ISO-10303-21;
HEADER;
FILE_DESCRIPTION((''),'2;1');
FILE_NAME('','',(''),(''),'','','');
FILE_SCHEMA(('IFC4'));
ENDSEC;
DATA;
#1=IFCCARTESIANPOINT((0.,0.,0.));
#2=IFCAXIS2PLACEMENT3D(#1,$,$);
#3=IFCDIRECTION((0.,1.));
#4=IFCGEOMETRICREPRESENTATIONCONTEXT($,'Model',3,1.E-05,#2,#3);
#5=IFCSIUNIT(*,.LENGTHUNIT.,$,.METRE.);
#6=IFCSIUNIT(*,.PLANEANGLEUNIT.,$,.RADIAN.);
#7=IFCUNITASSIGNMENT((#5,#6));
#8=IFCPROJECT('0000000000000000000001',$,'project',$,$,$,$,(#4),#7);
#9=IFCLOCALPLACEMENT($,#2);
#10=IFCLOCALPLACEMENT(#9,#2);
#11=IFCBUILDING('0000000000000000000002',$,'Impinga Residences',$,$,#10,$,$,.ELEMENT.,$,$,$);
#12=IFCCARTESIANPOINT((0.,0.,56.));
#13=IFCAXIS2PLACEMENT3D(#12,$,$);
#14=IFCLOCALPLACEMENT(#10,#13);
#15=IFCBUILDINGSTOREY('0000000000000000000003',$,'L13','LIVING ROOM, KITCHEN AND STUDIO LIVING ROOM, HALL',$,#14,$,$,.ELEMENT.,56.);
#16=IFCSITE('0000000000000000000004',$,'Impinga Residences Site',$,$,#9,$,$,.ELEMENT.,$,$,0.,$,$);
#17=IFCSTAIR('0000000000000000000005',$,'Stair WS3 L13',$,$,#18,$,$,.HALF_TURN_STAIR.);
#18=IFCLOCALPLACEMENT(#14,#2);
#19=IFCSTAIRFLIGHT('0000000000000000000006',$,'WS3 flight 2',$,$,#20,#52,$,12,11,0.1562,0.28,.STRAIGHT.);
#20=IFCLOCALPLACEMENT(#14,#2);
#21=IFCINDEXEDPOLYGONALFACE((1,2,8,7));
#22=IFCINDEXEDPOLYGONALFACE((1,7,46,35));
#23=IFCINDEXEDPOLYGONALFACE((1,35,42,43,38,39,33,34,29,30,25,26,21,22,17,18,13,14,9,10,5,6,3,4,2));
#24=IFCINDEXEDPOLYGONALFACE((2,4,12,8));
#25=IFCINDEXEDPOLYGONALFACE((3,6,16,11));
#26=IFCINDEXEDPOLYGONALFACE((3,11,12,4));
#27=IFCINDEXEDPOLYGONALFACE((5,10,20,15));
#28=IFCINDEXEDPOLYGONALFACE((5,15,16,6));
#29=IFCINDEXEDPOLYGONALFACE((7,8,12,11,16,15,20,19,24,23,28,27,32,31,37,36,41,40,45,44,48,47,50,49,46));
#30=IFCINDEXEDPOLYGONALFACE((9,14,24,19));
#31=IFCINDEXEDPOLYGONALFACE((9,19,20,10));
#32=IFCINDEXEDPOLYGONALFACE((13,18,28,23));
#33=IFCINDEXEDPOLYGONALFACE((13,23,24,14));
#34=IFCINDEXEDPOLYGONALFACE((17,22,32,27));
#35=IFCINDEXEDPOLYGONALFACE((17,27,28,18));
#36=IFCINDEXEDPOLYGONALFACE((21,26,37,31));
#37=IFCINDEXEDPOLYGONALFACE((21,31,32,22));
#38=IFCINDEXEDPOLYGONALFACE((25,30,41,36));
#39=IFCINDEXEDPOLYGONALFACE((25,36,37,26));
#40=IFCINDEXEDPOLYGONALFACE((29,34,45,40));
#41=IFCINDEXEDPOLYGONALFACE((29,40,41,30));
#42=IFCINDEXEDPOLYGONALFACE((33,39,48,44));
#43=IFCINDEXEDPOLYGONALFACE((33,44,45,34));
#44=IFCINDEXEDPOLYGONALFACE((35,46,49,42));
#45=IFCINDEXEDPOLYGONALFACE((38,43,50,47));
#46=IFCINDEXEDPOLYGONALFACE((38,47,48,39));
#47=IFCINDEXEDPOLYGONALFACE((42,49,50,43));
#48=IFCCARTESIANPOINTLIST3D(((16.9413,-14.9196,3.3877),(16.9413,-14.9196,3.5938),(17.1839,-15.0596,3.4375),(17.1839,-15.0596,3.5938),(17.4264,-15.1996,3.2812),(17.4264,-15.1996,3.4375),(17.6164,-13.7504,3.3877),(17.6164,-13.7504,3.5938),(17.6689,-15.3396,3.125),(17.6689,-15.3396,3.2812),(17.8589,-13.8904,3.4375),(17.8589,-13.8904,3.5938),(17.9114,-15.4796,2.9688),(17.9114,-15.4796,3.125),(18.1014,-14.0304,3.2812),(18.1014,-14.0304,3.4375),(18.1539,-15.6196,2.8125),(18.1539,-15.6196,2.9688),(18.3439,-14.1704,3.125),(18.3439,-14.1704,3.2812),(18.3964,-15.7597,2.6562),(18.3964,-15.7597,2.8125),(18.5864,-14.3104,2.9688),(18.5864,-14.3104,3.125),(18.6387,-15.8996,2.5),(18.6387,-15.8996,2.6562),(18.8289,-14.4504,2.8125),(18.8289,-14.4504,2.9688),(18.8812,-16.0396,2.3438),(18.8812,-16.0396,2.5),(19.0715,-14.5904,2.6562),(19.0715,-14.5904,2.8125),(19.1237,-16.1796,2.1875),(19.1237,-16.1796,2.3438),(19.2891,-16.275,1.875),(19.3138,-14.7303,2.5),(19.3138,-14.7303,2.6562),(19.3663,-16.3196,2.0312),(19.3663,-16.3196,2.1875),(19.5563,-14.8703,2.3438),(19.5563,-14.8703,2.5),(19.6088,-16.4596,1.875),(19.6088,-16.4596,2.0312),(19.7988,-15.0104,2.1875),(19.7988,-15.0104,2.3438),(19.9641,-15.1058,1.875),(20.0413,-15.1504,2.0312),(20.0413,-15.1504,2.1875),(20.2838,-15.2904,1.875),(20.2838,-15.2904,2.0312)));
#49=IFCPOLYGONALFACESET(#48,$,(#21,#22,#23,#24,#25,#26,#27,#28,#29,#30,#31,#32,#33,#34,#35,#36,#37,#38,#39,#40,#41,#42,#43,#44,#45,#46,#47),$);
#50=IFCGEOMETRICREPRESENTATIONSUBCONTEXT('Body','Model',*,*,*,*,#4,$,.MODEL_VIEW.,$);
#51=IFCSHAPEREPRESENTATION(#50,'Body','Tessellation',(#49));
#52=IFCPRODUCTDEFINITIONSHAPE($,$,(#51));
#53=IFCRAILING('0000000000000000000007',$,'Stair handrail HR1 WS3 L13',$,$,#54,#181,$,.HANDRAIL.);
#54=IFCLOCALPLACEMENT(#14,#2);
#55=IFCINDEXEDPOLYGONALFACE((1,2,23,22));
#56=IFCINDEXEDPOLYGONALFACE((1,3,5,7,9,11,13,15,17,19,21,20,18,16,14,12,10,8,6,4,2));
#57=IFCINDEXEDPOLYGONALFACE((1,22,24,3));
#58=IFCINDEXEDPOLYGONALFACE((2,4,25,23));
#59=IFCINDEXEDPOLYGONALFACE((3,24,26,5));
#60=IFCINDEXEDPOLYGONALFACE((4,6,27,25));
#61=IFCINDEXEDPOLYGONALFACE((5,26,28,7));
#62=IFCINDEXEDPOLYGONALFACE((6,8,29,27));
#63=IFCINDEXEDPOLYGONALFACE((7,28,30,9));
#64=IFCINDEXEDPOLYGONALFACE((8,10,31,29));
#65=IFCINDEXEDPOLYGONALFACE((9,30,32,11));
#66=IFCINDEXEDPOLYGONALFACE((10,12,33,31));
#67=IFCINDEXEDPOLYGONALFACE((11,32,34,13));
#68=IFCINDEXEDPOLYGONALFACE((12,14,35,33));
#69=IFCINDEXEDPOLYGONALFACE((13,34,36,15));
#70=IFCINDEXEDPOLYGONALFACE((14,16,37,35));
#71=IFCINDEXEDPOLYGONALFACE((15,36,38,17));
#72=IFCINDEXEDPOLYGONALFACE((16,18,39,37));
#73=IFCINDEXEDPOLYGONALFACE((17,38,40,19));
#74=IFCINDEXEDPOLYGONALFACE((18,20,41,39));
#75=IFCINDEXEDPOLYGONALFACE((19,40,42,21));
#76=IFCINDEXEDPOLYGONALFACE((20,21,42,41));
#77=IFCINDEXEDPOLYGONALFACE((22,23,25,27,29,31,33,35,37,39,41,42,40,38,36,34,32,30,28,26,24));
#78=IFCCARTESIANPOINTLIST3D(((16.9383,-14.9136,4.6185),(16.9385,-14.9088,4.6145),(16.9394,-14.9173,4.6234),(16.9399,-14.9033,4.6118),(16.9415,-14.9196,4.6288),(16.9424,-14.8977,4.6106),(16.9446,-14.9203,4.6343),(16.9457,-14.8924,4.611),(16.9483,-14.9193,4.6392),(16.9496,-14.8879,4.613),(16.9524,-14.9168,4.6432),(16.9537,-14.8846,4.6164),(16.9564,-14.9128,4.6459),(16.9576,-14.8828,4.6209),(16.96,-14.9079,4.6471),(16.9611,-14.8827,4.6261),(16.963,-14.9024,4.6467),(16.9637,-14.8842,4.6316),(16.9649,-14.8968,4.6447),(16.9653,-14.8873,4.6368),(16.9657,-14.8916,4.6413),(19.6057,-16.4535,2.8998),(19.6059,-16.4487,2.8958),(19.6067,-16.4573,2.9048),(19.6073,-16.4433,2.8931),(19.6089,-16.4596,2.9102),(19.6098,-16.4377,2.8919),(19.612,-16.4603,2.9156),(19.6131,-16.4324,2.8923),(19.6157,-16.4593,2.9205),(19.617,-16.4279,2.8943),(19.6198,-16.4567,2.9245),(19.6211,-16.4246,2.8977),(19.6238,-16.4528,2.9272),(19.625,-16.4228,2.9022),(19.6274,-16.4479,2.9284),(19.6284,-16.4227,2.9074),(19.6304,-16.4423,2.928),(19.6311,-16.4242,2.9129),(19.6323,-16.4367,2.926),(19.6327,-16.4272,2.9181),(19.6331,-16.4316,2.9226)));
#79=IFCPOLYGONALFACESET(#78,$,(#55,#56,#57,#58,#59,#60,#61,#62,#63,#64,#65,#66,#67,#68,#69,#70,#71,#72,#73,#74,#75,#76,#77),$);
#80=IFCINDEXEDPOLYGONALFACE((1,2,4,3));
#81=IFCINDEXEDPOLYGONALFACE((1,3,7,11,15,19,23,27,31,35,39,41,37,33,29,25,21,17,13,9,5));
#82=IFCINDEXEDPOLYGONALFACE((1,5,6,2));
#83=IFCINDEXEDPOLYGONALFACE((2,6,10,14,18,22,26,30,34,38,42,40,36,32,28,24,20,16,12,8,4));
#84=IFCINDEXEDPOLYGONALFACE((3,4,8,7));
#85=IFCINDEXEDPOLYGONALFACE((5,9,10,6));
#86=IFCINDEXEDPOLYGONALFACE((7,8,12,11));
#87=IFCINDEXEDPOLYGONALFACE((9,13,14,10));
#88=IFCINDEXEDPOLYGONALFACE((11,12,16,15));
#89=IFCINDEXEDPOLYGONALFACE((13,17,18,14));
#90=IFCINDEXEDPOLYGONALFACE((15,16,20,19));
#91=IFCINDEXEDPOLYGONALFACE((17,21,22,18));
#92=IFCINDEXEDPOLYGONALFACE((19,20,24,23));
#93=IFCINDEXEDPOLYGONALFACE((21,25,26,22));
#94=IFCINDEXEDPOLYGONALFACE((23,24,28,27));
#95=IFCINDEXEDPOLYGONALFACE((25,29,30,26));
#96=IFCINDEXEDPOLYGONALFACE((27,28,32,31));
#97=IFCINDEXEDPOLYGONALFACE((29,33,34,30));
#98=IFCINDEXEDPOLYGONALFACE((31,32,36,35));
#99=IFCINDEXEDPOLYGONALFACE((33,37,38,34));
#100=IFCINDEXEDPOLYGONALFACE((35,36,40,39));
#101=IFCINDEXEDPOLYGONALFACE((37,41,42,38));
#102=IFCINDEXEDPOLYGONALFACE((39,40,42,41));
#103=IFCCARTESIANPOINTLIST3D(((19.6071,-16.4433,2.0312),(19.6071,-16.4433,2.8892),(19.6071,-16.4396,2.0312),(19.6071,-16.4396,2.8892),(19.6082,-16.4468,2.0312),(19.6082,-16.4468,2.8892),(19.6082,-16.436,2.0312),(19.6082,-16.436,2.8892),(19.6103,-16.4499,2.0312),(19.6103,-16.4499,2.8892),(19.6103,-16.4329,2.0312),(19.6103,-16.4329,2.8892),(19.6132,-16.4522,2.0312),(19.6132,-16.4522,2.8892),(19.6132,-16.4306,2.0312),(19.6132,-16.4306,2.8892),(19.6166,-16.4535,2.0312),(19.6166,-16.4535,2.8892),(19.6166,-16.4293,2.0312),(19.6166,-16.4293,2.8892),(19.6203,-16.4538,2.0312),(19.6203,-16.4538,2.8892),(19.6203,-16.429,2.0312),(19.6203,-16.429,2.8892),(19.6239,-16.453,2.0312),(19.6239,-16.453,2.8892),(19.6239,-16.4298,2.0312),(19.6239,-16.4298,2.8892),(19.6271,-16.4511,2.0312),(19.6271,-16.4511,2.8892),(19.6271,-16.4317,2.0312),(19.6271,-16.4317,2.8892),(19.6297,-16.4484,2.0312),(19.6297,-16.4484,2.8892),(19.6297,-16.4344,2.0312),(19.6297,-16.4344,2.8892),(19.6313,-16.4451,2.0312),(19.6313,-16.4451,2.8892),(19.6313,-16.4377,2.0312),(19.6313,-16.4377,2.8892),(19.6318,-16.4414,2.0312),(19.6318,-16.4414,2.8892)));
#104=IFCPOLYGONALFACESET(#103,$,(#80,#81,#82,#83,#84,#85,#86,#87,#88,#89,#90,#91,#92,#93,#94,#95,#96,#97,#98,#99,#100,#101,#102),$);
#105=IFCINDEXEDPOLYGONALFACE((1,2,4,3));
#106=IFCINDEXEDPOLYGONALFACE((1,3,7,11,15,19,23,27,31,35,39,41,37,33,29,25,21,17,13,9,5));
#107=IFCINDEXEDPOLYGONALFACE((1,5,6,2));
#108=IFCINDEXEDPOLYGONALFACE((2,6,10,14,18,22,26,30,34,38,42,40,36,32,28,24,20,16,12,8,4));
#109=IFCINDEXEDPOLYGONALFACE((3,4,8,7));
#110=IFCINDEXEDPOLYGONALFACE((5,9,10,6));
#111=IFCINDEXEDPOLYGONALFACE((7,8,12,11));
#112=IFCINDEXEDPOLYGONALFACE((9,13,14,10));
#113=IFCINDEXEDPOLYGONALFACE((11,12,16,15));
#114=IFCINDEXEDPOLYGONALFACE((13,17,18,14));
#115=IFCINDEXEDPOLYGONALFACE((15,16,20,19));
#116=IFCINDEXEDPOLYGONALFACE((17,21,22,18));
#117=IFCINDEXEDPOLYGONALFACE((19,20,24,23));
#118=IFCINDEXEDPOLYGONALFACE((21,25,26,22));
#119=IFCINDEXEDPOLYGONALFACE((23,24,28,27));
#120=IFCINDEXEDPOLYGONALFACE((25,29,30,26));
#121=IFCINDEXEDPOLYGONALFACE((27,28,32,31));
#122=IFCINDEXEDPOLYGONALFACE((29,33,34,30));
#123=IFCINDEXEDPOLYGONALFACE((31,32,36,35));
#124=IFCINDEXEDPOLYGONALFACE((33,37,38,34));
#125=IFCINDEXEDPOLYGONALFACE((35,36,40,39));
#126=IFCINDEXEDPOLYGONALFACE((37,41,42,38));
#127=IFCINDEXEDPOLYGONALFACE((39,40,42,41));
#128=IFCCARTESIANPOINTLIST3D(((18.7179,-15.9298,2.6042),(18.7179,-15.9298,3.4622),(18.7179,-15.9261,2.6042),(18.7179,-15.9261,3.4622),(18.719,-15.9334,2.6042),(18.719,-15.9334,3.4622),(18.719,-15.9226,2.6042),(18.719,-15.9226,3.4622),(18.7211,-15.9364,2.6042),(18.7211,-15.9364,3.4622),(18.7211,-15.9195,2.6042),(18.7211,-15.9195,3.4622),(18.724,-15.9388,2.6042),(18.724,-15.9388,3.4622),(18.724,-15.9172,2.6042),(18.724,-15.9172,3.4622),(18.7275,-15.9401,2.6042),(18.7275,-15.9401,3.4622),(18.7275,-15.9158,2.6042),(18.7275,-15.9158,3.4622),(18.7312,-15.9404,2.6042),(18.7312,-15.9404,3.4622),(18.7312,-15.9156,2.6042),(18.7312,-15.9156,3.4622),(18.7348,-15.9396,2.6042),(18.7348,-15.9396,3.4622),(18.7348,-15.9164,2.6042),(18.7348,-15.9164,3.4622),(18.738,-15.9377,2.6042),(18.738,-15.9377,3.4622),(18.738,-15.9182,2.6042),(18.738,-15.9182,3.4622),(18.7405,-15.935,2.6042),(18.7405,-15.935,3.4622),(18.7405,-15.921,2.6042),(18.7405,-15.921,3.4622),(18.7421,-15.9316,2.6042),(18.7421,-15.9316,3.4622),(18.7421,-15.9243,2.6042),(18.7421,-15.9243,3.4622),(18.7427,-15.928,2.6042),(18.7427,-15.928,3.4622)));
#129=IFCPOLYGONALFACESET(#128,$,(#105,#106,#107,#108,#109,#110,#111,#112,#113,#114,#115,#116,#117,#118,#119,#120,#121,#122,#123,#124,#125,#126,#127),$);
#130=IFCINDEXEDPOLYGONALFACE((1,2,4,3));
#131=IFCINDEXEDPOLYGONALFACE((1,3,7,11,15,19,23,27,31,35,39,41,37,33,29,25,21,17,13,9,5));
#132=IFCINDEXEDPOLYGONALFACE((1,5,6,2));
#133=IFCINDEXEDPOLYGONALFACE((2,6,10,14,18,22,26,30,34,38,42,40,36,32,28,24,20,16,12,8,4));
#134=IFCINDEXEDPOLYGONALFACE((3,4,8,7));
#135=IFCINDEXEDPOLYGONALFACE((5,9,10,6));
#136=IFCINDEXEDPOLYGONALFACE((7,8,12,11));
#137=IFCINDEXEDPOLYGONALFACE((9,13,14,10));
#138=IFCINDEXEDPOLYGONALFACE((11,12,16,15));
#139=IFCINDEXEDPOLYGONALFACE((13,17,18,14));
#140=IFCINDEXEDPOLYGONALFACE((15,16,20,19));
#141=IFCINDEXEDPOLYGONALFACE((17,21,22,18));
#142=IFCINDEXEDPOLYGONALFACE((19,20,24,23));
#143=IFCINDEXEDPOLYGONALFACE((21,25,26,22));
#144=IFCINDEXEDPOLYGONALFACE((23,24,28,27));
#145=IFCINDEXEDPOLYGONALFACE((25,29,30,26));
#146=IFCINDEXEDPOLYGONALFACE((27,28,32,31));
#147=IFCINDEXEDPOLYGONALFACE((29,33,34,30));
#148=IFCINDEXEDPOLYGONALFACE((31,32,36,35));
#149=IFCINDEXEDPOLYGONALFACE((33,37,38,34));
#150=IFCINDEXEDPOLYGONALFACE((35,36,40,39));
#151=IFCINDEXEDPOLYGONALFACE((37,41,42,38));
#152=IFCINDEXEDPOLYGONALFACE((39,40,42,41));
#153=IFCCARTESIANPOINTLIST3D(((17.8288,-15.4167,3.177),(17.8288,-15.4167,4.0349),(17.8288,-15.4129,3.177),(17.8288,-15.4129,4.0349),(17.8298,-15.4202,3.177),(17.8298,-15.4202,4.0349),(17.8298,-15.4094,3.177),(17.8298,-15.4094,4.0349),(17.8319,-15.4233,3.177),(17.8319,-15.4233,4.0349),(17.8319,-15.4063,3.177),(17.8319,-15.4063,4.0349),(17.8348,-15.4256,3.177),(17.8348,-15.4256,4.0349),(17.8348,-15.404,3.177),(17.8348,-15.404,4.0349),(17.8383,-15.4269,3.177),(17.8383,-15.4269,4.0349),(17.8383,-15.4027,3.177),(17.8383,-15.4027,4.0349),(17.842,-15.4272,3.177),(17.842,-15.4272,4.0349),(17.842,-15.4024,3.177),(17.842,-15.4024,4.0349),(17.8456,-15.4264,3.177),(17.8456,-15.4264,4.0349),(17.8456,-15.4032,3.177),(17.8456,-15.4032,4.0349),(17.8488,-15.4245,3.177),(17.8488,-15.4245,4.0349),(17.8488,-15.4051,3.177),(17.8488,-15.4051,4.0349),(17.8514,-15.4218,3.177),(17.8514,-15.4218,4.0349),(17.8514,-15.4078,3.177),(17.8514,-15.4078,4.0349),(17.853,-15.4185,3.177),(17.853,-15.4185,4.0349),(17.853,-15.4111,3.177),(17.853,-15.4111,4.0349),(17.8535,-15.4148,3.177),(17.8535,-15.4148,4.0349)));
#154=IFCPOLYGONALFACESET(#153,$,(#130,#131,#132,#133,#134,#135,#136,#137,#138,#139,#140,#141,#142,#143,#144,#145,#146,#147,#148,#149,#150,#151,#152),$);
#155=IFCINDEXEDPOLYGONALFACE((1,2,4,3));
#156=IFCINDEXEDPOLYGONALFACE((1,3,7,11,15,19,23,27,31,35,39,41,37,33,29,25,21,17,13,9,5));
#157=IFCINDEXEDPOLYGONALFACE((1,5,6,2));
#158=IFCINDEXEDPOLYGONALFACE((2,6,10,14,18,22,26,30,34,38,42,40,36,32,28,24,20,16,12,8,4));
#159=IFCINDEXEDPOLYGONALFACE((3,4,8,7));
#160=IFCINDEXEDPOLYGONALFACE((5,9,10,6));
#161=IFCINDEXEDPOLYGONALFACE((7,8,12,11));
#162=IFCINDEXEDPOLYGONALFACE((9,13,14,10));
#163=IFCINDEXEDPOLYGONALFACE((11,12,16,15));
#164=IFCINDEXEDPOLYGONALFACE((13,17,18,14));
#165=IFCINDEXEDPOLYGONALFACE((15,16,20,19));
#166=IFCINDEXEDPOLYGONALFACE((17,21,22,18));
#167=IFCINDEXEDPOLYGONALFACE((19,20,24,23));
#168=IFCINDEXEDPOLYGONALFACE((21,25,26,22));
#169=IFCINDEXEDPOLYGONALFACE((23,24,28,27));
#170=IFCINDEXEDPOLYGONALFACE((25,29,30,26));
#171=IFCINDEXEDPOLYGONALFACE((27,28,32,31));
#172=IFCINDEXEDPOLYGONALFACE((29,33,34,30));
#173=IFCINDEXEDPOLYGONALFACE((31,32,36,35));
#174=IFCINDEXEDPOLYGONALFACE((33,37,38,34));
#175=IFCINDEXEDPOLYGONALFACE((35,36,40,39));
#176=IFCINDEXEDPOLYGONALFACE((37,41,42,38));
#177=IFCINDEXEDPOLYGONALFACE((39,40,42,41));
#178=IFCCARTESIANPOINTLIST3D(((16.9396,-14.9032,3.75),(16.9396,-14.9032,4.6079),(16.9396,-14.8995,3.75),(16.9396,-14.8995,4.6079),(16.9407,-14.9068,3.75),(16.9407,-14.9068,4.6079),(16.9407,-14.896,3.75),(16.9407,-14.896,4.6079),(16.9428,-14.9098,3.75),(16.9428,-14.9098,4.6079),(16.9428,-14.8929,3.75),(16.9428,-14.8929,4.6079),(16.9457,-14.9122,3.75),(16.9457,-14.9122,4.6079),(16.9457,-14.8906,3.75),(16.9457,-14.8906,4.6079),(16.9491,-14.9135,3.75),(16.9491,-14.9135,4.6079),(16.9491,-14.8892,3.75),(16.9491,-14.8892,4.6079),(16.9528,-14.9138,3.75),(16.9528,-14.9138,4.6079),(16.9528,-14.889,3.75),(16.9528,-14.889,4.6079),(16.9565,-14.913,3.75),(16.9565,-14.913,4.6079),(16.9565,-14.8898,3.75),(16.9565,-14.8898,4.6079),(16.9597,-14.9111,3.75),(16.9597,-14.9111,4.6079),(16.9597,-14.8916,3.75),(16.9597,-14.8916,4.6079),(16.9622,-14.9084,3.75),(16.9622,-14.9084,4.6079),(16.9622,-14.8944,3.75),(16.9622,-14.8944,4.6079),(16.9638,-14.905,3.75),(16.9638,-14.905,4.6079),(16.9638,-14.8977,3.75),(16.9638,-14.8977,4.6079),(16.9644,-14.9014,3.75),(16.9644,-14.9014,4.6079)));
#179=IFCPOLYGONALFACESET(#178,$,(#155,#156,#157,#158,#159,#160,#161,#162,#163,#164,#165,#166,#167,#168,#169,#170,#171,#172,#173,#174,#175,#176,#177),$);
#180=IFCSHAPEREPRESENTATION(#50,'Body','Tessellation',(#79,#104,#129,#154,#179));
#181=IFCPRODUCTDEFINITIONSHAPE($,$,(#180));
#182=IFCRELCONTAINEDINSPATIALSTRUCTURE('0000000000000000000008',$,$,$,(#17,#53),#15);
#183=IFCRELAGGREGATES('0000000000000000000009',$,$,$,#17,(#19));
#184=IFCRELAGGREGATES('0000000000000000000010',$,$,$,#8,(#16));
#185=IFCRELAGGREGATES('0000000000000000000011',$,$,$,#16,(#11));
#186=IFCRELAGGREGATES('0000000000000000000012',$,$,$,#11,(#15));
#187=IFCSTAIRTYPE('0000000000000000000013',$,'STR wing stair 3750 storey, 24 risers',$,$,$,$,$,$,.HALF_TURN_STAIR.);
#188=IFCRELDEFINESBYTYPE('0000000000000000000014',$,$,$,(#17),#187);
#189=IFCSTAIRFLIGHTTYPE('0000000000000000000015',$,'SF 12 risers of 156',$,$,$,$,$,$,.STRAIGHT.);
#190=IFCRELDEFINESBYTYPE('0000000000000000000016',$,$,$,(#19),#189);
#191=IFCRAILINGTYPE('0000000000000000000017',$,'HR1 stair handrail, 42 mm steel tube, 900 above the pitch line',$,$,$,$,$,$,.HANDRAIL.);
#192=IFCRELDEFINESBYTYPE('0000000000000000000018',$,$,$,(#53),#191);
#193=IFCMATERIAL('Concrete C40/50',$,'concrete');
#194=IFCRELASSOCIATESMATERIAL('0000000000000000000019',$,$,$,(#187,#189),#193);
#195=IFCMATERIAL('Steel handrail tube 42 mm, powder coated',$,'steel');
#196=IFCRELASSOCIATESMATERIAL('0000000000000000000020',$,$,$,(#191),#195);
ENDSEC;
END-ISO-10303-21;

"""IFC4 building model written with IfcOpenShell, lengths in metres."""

from ifc_helpers import new_model, si_unit, direction, frame, origin, origin_2d, place, context, subcontext, project, spatial, polyline, circle, outline, extrude, material, type_object, element, aggregate, save


model = new_model("IFC4")

# Units and contexts
model_context = context("Model", 3, precision=1e-05, world=origin(), true_north=direction((0.0, 1.0)))
body_context = subcontext(model_context, "Body", "Model", "MODEL_VIEW")
ifc_project = project(units=[si_unit("LENGTHUNIT", "METRE"), si_unit("PLANEANGLEUNIT", "RADIAN")], contexts=[model_context])

# Site, building, storey
site_placement = place(None, origin())
site = spatial("IfcSite", under=ifc_project, at=site_placement, Name="Impinga Residences Site", CompositionType="ELEMENT", RefElevation=0.0)
building_placement = place(site_placement, origin())
building = spatial("IfcBuilding", under=site, at=building_placement, Name="Impinga Residences", CompositionType="ELEMENT")
storey_placement = place(building_placement, frame((0.0, 0.0, 56.0)))
storey = spatial("IfcBuildingStorey", under=building, at=storey_placement, Name="L13", Description="LIVING ROOM, KITCHEN AND STUDIO LIVING ROOM, HALL", CompositionType="ELEMENT", Elevation=56.0)

# Stair, stair flight
ifc_material_1 = material(Name="Concrete C40/50", Category="concrete")
stair_type = type_object("IfcStairType", Name="STR wing stair 3750 storey, 24 risers", PredefinedType="HALF_TURN_STAIR", material=ifc_material_1)
stair_placement = place(storey_placement, origin())
stair = element("IfcStair", 1, at=stair_placement, inside=storey, type_object=stair_type, Name="Stair WS3 L13", PredefinedType="HALF_TURN_STAIR")
stair_flight_type = type_object("IfcStairFlightType", Name="SF 12 risers of 156", PredefinedType="STRAIGHT", material=ifc_material_1)
stair_flight_placement = place(storey_placement, frame((19.9463, -15.875, 1.875), z_axis=(0.0, 0.0, 1.0), x_axis=(-0.866025, 0.5, 0.0)))
stair_flight = element("IfcStairFlight", 2, at=stair_flight_placement, type_object=stair_flight_type, Name="WS3 flight 2", NumberOfRisers=12, NumberOfTreads=11, PredefinedType="STRAIGHT", RiserHeight=0.1562, TreadLength=0.28, context=body_context, shape_type="SweptSolid", body=[
    extrude(outline(polyline([(0.0, 0.0), (0.0, 0.1562), (0.28, 0.1562), (0.28, 0.3125), (0.5601, 0.3125), (0.5601, 0.4688), (0.8401, 0.4688), (0.8401, 0.625), (1.1201, 0.625), (1.1201, 0.7812), (1.3999, 0.7812), (1.3999, 0.9375), (1.6799, 0.9375), (1.6799, 1.0938), (1.96, 1.0938), (1.96, 1.25), (2.24, 1.25), (2.24, 1.4062), (2.52, 1.4062), (2.52, 1.5625), (2.8, 1.5625), (2.8, 1.7188), (3.0801, 1.7188), (3.0801, 1.875), (3.0801, 1.5127), (0.3691, 0.0), (0.0, 0.0)])), frame((0.0, 0.675, 0.0), z_axis=(0.0, -1.0, 0.0), x_axis=(1.0, 0.0, 0.0)), (0.0, 0.0, 1.0), 1.3501),
])
aggregate(stair, [stair_flight])

# Railing
ifc_material_2 = material(Name="Steel handrail tube 42 mm, powder coated", Category="steel")
railing_type = type_object("IfcRailingType", Name="HR1 stair handrail, 42 mm steel tube, 900 above the pitch line", PredefinedType="HANDRAIL", material=ifc_material_2)
railing_placement = place(storey_placement, frame((19.6194, -16.4414, 2.0312)))
element("IfcRailing", 3, at=railing_placement, inside=storey, type_object=railing_type, Name="Stair handrail HR1 WS3 L13", PredefinedType="HANDRAIL", context=body_context, shape_type="SweptSolid", body=[
    extrude(circle(Radius=0.021, at=origin_2d()), frame((0.0, 0.0, 0.8789), z_axis=(-0.756256, 0.436616, 0.487282), x_axis=(-0.499992, -0.86603, 0.0)), (0.0, 0.0, 1.0), 3.5271),
    extrude(circle(Radius=0.0125, at=origin_2d()), origin(), (0.0, 0.0, 1.0), 0.8579),
    extrude(circle(Radius=0.0125, at=origin_2d()), frame((-0.8892, 0.5134, 0.573)), (0.0, 0.0, 1.0), 0.8579),
    extrude(circle(Radius=0.0125, at=origin_2d()), frame((-1.7783, 1.0266, 1.1458)), (0.0, 0.0, 1.0), 0.8579),
    extrude(circle(Radius=0.0125, at=origin_2d()), frame((-2.6675, 1.54, 1.7188)), (0.0, 0.0, 1.0), 0.8579),
])

save(model, "model.ifc")
